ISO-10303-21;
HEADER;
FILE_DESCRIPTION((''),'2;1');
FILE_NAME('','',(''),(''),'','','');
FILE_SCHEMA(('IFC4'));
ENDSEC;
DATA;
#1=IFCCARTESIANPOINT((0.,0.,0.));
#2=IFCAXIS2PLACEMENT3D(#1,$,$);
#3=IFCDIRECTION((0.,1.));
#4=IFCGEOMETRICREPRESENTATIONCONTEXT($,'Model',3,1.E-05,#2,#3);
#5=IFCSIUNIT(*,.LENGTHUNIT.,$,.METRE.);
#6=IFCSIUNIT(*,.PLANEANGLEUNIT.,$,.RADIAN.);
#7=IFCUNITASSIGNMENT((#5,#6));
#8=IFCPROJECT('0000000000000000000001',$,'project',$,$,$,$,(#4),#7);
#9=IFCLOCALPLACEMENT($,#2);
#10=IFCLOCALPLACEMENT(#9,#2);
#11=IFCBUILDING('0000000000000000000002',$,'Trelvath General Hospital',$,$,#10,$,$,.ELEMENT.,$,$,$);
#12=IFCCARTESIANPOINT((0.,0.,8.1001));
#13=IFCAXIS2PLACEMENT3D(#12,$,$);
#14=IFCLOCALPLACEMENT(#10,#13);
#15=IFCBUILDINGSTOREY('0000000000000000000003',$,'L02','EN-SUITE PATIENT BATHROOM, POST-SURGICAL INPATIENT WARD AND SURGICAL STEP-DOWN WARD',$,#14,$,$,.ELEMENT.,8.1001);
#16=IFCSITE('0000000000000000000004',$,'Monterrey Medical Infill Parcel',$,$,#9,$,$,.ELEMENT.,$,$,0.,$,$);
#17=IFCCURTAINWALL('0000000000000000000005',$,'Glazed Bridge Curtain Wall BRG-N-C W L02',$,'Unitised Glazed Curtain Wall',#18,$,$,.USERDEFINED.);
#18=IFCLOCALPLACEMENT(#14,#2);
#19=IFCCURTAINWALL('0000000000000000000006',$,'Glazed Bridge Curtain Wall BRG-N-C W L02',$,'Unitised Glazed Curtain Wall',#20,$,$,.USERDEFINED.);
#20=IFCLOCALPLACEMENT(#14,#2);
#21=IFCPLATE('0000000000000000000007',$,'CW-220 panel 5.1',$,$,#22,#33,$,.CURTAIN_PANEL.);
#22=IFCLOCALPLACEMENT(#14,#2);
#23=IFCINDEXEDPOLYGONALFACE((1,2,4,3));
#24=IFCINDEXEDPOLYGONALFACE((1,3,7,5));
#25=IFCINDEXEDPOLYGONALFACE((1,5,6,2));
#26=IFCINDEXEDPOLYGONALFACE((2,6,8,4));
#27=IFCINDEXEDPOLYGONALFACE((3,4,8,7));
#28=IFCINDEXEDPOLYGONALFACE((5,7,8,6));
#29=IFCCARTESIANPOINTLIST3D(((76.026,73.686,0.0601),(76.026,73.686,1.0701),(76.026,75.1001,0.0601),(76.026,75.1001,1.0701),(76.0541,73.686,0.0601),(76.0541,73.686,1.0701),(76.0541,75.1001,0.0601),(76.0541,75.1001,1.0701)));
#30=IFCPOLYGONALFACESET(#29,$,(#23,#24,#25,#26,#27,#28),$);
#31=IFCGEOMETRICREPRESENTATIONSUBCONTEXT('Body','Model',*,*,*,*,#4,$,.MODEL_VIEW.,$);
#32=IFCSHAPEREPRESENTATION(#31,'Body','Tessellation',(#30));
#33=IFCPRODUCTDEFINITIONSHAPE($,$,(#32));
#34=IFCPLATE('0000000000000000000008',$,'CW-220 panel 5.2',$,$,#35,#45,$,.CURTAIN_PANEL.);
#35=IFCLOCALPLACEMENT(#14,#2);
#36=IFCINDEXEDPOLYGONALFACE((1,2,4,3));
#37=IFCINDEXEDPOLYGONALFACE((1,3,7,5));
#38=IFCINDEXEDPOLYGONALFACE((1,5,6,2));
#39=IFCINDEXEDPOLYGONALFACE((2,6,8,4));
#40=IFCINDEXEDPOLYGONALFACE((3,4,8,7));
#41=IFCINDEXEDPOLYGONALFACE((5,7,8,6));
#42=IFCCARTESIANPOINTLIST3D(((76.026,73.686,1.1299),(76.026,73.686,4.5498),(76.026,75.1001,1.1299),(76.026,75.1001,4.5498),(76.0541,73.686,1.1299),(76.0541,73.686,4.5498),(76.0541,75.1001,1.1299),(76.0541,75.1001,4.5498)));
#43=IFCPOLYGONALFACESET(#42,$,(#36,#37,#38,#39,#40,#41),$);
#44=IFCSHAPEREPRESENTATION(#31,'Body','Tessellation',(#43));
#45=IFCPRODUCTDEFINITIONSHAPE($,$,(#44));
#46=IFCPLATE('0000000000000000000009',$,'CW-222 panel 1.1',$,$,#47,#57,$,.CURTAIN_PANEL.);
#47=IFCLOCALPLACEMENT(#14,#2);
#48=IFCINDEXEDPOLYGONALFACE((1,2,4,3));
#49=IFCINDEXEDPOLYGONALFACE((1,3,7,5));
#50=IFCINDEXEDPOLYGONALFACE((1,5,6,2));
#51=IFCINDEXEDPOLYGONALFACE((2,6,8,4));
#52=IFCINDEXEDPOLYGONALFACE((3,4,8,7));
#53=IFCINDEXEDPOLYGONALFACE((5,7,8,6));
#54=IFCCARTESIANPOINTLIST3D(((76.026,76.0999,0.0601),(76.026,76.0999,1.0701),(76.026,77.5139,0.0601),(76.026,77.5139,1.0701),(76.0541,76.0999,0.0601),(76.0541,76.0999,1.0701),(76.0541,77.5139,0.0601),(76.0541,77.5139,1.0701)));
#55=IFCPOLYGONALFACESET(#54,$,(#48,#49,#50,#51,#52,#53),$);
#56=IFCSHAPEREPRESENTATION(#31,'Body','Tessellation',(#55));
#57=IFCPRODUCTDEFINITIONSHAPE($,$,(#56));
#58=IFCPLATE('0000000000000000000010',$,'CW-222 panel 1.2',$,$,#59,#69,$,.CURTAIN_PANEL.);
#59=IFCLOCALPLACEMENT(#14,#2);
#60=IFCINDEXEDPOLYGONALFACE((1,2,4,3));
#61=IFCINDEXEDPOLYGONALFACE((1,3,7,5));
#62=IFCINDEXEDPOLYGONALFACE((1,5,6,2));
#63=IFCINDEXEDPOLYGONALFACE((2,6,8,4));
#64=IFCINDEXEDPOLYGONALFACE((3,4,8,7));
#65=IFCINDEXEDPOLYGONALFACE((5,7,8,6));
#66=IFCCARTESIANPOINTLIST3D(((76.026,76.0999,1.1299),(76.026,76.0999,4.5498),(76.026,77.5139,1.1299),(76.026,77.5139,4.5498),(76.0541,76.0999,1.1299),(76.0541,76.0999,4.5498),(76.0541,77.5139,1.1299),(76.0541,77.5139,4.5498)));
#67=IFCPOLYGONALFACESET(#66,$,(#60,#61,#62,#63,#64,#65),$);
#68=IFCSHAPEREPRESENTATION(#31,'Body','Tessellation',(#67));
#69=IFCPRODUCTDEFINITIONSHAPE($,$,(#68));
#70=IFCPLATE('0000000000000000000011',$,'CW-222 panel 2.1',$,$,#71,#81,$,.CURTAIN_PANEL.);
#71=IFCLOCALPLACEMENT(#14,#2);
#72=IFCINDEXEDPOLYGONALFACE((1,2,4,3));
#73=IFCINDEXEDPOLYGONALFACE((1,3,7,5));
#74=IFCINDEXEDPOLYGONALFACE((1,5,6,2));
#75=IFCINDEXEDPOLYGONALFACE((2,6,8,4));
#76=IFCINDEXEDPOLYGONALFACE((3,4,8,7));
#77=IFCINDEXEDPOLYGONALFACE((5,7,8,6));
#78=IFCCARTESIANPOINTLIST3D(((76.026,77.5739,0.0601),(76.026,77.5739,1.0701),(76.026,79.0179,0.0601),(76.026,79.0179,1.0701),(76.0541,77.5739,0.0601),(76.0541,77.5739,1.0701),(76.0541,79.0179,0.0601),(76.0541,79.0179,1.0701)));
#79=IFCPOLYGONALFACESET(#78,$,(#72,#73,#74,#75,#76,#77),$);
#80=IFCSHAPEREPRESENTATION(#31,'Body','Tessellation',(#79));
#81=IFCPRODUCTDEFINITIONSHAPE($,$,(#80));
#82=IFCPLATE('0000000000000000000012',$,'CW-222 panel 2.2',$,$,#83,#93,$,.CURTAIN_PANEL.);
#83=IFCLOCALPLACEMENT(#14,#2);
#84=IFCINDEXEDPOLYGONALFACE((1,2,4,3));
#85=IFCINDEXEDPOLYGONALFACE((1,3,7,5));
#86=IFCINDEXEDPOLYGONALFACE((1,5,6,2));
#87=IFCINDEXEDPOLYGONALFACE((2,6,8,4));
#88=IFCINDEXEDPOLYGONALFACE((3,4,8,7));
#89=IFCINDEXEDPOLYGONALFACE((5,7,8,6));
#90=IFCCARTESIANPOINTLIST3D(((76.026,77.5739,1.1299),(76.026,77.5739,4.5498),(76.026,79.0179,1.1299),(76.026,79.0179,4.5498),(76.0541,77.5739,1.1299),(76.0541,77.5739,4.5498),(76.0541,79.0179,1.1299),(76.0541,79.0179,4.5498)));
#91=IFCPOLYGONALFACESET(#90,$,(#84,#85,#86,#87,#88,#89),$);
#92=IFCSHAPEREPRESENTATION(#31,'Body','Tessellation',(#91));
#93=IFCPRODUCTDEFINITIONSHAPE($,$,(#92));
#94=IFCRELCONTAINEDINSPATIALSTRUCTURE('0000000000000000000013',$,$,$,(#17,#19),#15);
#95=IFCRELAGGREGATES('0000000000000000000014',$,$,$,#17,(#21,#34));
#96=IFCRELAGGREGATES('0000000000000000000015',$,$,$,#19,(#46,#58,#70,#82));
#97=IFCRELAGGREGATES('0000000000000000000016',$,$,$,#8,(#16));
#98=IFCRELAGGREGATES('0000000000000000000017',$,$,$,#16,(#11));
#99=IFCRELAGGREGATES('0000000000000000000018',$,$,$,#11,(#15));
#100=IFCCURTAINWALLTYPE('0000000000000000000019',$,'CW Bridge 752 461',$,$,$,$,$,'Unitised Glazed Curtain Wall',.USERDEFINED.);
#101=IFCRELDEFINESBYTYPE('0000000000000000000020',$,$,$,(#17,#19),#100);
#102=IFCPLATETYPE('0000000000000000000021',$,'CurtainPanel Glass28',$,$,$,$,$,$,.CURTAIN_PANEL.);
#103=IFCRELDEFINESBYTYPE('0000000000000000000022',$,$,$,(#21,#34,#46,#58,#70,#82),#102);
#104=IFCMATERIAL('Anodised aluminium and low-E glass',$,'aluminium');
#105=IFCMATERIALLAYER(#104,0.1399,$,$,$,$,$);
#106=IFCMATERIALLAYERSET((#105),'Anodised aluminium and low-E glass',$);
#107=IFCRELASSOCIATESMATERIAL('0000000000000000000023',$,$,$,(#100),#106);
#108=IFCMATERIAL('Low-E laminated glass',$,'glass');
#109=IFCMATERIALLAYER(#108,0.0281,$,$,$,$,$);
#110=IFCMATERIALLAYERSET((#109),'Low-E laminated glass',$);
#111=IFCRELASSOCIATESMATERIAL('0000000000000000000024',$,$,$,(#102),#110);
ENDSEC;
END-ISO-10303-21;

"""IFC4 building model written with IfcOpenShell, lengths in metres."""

from ifc_helpers import new_model, si_unit, direction, frame, origin, origin_2d, place, context, subcontext, project, spatial, rectangle, extrude, material, layer, layer_set, type_object, element, aggregate, save


model = new_model("IFC4")

# Units and contexts
model_context = context("Model", 3, precision=1e-05, world=origin(), true_north=direction((0.0, 1.0)))
body_context = subcontext(model_context, "Body", "Model", "MODEL_VIEW")
ifc_project = project(units=[si_unit("LENGTHUNIT", "METRE"), si_unit("PLANEANGLEUNIT", "RADIAN")], contexts=[model_context])

# Site, building, storey
site_placement = place(None, origin())
site = spatial("IfcSite", under=ifc_project, at=site_placement, Name="Monterrey Medical Infill Parcel", CompositionType="ELEMENT", RefElevation=0.0)
building_placement = place(site_placement, origin())
building = spatial("IfcBuilding", under=site, at=building_placement, Name="Trelvath General Hospital", CompositionType="ELEMENT")
storey_placement = place(building_placement, frame((0.0, 0.0, 8.1001)))
storey = spatial("IfcBuildingStorey", under=building, at=storey_placement, Name="L02", Description="EN-SUITE PATIENT BATHROOM, POST-SURGICAL INPATIENT WARD AND SURGICAL STEP-DOWN WARD", CompositionType="ELEMENT", Elevation=8.1001)

# Curtain wall
ifc_material_1 = material(Name="Anodised aluminium and low-E glass", Category="aluminium")
ifc_layer_1 = layer(ifc_material_1, 0.1399)
ifc_layer_set_1 = layer_set([ifc_layer_1], Name="Anodised aluminium and low-E glass")
curtain_wall_type_1 = type_object("IfcCurtainWallType", Name="CW Bridge 752 461", ElementType="Unitised Glazed Curtain Wall", PredefinedType="USERDEFINED", material=ifc_layer_set_1)
curtain_wall_1_placement = place(storey_placement, origin())
curtain_wall_1 = element("IfcCurtainWall", 1, at=curtain_wall_1_placement, inside=storey, type_object=curtain_wall_type_1, Name="Glazed Bridge Curtain Wall BRG-N-C W L02", ObjectType="Unitised Glazed Curtain Wall", PredefinedType="USERDEFINED")

# Curtain wall
curtain_wall_2_placement = place(storey_placement, origin())
curtain_wall_2 = element("IfcCurtainWall", 2, at=curtain_wall_2_placement, inside=storey, type_object=curtain_wall_type_1, Name="Glazed Bridge Curtain Wall BRG-N-C W L02", ObjectType="Unitised Glazed Curtain Wall", PredefinedType="USERDEFINED")

# Plates
ifc_material_2 = material(Name="Low-E laminated glass", Category="glass")
ifc_layer_2 = layer(ifc_material_2, 0.0281)
ifc_layer_set_2 = layer_set([ifc_layer_2], Name="Low-E laminated glass")
plate_type = type_object("IfcPlateType", Name="CurtainPanel Glass28", PredefinedType="CURTAIN_PANEL", material=ifc_layer_set_2)
plate_1_placement = place(storey_placement, frame((76.04, 74.3931, 0.0601), z_axis=(0.0, 0.0, 1.0), x_axis=(0.0, 1.0, 0.0)))
plate_1 = element("IfcPlate", 3, at=plate_1_placement, type_object=plate_type, Name="CW-220 panel 5.1", PredefinedType="CURTAIN_PANEL", context=body_context, shape_type="SweptSolid", body=[
    extrude(rectangle(XDim=1.4141, YDim=0.0281, at=origin_2d()), origin(), (0.0, 0.0, 1.0), 1.01),
])
plate_2_placement = place(storey_placement, frame((76.04, 74.3931, 1.1299), z_axis=(0.0, 0.0, 1.0), x_axis=(0.0, 1.0, 0.0)))
plate_2 = element("IfcPlate", 4, at=plate_2_placement, type_object=plate_type, Name="CW-220 panel 5.2", PredefinedType="CURTAIN_PANEL", context=body_context, shape_type="SweptSolid", body=[
    extrude(rectangle(XDim=1.4141, YDim=0.0281, at=origin_2d()), origin(), (0.0, 0.0, 1.0), 3.4199),
])
aggregate(curtain_wall_1, [plate_1, plate_2])
plate_3_placement = place(storey_placement, frame((76.04, 76.8069, 0.0601), z_axis=(0.0, 0.0, 1.0), x_axis=(0.0, 1.0, 0.0)))
plate_3 = element("IfcPlate", 5, at=plate_3_placement, type_object=plate_type, Name="CW-222 panel 1.1", PredefinedType="CURTAIN_PANEL", context=body_context, shape_type="SweptSolid", body=[
    extrude(rectangle(XDim=1.4141, YDim=0.0281, at=origin_2d()), origin(), (0.0, 0.0, 1.0), 1.01),
])
plate_4_placement = place(storey_placement, frame((76.04, 76.8069, 1.1299), z_axis=(0.0, 0.0, 1.0), x_axis=(0.0, 1.0, 0.0)))
plate_4 = element("IfcPlate", 6, at=plate_4_placement, type_object=plate_type, Name="CW-222 panel 1.2", PredefinedType="CURTAIN_PANEL", context=body_context, shape_type="SweptSolid", body=[
    extrude(rectangle(XDim=1.4141, YDim=0.0281, at=origin_2d()), origin(), (0.0, 0.0, 1.0), 3.4199),
])
plate_5_placement = place(storey_placement, frame((76.04, 78.2959, 0.0601), z_axis=(0.0, 0.0, 1.0), x_axis=(0.0, 1.0, 0.0)))
plate_5 = element("IfcPlate", 7, at=plate_5_placement, type_object=plate_type, Name="CW-222 panel 2.1", PredefinedType="CURTAIN_PANEL", context=body_context, shape_type="SweptSolid", body=[
    extrude(rectangle(XDim=1.4441, YDim=0.0281, at=origin_2d()), origin(), (0.0, 0.0, 1.0), 1.01),
])
plate_6_placement = place(storey_placement, frame((76.04, 78.2959, 1.1299), z_axis=(0.0, 0.0, 1.0), x_axis=(0.0, 1.0, 0.0)))
plate_6 = element("IfcPlate", 8, at=plate_6_placement, type_object=plate_type, Name="CW-222 panel 2.2", PredefinedType="CURTAIN_PANEL", context=body_context, shape_type="SweptSolid", body=[
    extrude(rectangle(XDim=1.4441, YDim=0.0281, at=origin_2d()), origin(), (0.0, 0.0, 1.0), 3.4199),
])
aggregate(curtain_wall_2, [plate_3, plate_4, plate_5, plate_6])

save(model, "model.ifc")
